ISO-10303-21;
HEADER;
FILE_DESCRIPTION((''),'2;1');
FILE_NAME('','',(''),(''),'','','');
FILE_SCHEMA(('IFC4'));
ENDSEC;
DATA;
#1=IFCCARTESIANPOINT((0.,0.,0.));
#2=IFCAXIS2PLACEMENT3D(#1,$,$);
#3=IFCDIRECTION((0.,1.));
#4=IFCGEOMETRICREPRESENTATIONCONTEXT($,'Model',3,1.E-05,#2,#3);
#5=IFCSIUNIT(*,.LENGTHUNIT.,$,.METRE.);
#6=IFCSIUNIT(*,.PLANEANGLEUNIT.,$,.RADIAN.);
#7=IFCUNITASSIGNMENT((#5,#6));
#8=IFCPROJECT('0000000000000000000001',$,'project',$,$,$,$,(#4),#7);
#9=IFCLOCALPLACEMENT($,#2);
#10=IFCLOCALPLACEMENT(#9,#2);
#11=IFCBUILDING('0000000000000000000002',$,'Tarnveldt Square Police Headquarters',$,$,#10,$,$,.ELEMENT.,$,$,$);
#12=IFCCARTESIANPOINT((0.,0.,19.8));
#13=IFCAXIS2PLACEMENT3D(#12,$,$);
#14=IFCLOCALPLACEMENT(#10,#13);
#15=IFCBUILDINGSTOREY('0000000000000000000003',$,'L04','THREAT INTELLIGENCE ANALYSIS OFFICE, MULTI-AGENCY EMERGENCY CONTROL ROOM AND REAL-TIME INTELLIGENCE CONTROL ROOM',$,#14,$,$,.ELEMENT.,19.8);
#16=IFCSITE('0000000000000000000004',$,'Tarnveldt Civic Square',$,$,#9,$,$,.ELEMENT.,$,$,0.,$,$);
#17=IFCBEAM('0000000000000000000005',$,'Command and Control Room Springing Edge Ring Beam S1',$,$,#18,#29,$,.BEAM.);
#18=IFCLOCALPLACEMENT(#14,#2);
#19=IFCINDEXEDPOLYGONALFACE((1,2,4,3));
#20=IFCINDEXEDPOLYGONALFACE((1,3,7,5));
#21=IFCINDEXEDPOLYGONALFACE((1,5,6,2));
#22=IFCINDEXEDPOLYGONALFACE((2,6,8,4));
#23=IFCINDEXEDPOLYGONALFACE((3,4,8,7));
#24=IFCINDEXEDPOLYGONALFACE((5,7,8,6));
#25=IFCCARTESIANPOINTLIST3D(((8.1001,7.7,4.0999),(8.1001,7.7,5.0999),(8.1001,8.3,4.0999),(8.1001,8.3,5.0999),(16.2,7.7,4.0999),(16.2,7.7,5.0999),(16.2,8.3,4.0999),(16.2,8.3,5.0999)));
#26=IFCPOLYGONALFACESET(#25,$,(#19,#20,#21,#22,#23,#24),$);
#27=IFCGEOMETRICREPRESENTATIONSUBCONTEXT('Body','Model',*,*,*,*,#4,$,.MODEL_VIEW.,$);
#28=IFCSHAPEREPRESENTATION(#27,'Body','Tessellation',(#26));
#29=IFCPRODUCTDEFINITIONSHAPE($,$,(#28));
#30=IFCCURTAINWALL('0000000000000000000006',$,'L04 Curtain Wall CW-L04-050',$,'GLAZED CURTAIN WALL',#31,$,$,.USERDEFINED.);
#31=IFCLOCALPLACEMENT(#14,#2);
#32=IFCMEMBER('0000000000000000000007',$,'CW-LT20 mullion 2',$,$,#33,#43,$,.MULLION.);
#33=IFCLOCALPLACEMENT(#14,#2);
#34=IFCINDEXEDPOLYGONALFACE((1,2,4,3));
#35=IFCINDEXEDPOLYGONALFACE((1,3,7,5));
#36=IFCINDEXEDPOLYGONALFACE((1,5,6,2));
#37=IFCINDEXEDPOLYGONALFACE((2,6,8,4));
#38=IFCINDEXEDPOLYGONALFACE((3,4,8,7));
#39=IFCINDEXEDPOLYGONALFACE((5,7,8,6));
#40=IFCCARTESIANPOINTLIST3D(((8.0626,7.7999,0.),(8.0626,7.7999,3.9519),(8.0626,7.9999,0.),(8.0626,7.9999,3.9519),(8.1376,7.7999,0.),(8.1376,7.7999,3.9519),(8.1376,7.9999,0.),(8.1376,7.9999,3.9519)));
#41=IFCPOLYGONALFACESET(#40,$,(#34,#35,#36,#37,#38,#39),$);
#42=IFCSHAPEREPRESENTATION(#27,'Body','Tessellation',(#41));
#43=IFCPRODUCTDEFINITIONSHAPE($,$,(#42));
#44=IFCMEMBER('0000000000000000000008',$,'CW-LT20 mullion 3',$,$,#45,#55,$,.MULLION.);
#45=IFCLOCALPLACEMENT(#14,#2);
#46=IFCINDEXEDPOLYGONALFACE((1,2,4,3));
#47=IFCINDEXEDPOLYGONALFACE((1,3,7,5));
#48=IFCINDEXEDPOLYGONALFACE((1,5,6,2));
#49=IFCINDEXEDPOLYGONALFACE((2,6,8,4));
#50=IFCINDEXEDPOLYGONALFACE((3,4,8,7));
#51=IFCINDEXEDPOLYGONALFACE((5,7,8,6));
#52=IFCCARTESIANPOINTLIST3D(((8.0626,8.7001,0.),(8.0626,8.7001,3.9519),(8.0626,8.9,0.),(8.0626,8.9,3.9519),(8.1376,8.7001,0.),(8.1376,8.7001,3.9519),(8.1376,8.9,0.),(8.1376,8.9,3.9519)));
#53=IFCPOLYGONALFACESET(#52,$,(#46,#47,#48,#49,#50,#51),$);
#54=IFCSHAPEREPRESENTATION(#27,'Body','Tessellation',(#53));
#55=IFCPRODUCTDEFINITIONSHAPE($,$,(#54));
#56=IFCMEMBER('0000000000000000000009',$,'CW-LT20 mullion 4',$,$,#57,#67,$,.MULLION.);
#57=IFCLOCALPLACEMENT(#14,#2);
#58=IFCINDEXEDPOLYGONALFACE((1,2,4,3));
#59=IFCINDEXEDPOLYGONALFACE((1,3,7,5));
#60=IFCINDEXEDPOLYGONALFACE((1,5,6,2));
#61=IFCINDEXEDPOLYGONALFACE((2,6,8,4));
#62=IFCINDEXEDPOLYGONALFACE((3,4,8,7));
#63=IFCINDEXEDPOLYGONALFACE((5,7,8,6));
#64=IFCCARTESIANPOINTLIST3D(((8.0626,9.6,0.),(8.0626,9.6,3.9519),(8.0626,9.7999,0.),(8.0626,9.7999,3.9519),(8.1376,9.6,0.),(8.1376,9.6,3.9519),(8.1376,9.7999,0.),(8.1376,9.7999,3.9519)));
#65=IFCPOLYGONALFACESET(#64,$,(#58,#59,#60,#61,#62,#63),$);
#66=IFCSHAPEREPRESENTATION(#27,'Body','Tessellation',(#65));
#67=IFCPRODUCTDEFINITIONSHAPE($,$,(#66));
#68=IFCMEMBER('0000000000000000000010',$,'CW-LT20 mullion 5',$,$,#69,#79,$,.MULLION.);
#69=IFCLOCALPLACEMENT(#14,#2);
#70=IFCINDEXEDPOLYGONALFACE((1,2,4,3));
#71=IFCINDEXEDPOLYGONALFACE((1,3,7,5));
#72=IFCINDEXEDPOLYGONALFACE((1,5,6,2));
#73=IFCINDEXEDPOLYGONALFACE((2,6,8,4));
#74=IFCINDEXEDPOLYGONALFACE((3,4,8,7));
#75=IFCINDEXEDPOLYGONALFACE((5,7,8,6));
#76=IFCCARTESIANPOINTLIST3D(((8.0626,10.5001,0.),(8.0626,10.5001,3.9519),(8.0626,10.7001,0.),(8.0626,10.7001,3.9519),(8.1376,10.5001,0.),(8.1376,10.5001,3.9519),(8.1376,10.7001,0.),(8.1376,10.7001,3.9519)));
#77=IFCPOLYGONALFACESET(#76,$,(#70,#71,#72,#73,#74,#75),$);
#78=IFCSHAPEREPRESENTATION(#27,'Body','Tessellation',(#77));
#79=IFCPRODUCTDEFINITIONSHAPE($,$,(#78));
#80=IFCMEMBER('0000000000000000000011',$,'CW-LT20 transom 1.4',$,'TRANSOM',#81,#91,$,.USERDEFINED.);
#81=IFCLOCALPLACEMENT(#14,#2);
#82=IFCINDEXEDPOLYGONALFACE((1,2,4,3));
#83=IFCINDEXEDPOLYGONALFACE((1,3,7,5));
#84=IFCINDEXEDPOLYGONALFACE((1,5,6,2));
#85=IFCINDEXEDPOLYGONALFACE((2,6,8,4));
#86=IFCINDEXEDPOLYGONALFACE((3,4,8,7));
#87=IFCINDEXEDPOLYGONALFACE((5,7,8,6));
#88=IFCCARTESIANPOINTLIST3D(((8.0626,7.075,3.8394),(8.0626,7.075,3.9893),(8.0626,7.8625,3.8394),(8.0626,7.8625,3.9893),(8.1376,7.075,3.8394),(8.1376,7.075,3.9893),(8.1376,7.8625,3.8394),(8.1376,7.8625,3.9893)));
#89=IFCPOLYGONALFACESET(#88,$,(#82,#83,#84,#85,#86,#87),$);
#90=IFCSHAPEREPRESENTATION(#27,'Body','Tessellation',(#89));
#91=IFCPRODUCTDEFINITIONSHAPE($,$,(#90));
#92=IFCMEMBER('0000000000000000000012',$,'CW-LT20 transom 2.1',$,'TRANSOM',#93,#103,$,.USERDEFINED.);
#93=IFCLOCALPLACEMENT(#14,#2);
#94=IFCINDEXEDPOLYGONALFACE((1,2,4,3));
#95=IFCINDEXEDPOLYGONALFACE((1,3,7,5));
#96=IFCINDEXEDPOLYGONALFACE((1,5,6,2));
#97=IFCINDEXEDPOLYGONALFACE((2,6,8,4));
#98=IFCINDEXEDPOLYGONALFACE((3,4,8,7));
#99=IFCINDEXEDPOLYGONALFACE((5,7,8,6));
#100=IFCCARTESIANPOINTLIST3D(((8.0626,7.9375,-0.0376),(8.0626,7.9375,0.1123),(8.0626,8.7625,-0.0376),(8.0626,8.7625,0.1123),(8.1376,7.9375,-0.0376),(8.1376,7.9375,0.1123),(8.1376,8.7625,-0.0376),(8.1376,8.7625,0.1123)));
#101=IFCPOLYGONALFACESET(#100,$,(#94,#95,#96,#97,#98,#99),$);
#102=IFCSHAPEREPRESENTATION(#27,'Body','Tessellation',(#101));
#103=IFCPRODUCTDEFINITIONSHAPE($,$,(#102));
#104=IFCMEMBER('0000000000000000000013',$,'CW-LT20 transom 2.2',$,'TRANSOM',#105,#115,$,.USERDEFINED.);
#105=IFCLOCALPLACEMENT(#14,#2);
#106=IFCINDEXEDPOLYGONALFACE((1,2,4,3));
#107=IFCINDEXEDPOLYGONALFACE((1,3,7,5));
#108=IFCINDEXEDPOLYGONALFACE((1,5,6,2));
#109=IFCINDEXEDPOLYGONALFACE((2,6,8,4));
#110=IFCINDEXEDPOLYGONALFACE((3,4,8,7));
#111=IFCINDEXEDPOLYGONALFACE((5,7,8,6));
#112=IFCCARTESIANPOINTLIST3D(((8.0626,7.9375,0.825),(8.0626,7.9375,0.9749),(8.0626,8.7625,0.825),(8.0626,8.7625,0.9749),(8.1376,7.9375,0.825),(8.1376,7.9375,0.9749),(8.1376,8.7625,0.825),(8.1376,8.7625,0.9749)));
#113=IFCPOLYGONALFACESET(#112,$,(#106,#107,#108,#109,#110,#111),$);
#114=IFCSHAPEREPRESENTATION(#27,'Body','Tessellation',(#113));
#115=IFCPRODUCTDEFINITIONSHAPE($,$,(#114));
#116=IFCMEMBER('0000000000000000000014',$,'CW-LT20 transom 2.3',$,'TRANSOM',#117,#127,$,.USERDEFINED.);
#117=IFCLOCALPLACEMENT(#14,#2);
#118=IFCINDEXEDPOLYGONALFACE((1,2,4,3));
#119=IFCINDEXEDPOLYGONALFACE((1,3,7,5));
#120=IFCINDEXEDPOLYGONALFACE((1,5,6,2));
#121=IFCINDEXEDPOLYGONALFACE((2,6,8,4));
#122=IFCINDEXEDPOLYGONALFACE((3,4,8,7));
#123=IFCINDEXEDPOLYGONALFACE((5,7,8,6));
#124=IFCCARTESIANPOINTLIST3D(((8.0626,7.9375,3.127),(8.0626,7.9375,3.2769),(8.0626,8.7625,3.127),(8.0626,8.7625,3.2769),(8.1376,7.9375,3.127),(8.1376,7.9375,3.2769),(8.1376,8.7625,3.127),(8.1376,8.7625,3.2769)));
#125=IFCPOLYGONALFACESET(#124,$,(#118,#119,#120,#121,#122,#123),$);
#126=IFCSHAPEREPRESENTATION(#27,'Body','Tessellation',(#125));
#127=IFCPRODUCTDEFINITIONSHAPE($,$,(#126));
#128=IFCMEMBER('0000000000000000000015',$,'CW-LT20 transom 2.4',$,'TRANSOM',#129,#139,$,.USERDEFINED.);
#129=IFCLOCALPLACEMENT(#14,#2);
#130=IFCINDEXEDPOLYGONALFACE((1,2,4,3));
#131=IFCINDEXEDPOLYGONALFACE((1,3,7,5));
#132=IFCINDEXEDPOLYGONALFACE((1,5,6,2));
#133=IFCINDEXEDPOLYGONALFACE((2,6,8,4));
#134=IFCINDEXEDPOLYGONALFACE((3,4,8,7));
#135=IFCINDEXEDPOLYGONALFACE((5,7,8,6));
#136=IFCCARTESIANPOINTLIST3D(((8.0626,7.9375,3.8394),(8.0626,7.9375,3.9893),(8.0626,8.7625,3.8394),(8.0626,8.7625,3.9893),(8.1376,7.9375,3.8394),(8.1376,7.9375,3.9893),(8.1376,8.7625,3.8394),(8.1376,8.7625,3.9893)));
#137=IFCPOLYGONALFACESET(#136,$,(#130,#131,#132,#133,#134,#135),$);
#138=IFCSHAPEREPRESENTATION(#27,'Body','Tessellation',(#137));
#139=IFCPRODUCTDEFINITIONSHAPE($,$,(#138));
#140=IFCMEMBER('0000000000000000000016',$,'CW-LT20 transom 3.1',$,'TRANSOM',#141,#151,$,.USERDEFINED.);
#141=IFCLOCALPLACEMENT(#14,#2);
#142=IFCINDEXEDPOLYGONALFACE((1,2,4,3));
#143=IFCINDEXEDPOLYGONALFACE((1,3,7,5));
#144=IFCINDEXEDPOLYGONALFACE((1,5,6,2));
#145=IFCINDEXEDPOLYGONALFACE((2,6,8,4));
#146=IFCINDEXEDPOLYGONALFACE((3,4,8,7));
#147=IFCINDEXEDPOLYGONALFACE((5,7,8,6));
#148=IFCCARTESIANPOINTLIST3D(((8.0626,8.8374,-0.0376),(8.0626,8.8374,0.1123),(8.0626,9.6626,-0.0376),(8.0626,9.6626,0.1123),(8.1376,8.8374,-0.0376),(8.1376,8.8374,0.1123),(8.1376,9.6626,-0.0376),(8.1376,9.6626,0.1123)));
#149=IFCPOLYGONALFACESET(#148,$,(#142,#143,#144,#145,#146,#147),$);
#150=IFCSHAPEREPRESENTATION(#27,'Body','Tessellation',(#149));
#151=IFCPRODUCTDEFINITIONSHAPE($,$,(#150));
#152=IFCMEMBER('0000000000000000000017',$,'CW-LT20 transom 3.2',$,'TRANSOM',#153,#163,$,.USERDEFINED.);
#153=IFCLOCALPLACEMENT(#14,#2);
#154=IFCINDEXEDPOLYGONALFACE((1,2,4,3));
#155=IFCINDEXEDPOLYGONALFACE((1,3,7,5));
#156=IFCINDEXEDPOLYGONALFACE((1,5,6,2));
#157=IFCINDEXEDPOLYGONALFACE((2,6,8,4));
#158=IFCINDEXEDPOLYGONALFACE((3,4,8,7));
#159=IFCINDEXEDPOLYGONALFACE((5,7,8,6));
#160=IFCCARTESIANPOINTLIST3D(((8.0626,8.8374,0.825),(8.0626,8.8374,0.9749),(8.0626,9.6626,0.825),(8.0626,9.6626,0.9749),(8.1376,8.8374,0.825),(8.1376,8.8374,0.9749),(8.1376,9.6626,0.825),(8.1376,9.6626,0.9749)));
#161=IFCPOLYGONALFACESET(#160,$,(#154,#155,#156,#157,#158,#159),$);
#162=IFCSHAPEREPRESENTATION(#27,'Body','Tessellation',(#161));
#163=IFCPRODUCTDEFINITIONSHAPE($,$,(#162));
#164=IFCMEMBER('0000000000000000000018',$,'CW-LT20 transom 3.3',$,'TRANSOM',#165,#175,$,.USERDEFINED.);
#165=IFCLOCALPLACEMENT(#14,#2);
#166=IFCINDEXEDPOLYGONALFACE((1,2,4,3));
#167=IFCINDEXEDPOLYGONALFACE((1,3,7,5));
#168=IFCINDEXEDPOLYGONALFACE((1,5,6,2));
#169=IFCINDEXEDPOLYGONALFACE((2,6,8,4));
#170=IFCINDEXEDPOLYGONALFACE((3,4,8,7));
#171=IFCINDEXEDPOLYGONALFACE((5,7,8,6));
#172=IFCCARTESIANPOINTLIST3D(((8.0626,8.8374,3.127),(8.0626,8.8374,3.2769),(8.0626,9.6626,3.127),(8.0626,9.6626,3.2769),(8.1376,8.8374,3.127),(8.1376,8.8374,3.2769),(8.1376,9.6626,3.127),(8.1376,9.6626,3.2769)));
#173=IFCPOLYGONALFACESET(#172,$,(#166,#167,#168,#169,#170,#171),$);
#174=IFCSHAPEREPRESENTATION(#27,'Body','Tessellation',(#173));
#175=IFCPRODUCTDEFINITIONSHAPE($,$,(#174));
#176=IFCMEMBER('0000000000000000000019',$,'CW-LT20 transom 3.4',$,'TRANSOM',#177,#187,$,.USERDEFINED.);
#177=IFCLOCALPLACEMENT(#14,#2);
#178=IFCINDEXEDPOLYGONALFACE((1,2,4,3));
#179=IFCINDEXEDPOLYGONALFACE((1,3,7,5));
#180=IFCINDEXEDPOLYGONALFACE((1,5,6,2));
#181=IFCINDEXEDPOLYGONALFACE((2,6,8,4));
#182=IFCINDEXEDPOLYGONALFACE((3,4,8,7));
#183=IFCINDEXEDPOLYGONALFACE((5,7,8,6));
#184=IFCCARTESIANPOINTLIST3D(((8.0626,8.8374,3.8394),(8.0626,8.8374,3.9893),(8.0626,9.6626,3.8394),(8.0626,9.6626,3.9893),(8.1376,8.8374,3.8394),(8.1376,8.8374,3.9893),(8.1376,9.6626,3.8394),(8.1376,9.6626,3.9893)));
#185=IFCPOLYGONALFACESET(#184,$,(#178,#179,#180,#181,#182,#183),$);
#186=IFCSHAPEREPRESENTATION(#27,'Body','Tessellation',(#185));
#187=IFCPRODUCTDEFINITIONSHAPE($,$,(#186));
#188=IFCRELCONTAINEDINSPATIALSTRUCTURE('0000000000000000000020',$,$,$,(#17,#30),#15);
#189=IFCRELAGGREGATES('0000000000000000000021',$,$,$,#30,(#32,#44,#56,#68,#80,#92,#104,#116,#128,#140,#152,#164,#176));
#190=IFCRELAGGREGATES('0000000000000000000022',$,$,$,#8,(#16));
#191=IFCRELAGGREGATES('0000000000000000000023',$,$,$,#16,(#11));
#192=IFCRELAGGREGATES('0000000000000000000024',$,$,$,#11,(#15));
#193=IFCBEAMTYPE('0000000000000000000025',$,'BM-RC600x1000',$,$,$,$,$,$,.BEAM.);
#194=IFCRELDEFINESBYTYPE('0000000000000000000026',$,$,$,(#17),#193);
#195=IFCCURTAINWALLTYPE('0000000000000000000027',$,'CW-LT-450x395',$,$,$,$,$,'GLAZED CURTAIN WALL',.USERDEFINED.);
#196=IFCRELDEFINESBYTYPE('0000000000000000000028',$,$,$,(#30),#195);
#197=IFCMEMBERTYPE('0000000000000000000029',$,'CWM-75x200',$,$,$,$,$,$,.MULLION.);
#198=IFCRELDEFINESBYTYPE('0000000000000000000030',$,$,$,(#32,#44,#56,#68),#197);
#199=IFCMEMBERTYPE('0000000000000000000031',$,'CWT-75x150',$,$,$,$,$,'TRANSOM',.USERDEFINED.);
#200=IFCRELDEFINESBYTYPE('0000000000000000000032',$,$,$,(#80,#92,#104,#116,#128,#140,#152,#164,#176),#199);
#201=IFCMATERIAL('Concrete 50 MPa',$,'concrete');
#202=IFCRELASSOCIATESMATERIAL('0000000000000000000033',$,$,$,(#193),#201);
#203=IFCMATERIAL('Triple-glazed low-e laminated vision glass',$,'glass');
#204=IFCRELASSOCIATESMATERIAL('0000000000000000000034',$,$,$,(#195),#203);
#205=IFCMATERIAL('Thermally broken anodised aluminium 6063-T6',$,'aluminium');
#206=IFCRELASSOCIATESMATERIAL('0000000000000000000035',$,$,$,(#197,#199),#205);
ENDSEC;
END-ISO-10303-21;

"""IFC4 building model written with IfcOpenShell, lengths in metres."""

from ifc_helpers import new_model, si_unit, direction, frame, origin, origin_2d, place, context, subcontext, project, spatial, rectangle, extrude, material, material_profile, profile_set, type_object, element, aggregate, save


model = new_model("IFC4")

# Units and contexts
model_context = context("Model", 3, precision=1e-05, world=origin(), true_north=direction((0.0, 1.0)))
body_context = subcontext(model_context, "Body", "Model", "MODEL_VIEW")
ifc_project = project(units=[si_unit("LENGTHUNIT", "METRE"), si_unit("PLANEANGLEUNIT", "RADIAN")], contexts=[model_context])

# Site, building, storey
site_placement = place(None, origin())
site = spatial("IfcSite", under=ifc_project, at=site_placement, Name="Tarnveldt Civic Square", CompositionType="ELEMENT", RefElevation=0.0)
building_placement = place(site_placement, origin())
building = spatial("IfcBuilding", under=site, at=building_placement, Name="Tarnveldt Square Police Headquarters", CompositionType="ELEMENT")
storey_placement = place(building_placement, frame((0.0, 0.0, 19.8)))
storey = spatial("IfcBuildingStorey", under=building, at=storey_placement, Name="L04", Description="THREAT INTELLIGENCE ANALYSIS OFFICE, MULTI-AGENCY EMERGENCY CONTROL ROOM AND REAL-TIME INTELLIGENCE CONTROL ROOM", CompositionType="ELEMENT", Elevation=19.8)

# Beam
ifc_material_1 = material(Name="Concrete 50 MPa", Category="concrete")
ifc_material_profile_1 = material_profile(ifc_material_1, rectangle(XDim=0.6001, YDim=1.0, at=origin_2d()), Name="RC-B600x1000")
ifc_profile_set_1 = profile_set([ifc_material_profile_1], Name="Concrete 50 MPa")
beam_type = type_object("IfcBeamType", Name="BM-RC600x1000", PredefinedType="BEAM", material=ifc_profile_set_1)
beam_placement = place(storey_placement, frame((8.1001, 8.0, 4.5999), z_axis=(1.0, 0.0, 0.0), x_axis=(0.0, 1.0, 0.0)))
element("IfcBeam", 1, at=beam_placement, inside=storey, type_object=beam_type, Name="Command and Control Room Springing Edge Ring Beam S1", PredefinedType="BEAM", context=body_context, shape_type="SweptSolid", body=[
    extrude(rectangle(XDim=0.6001, YDim=1.0, at=origin_2d()), origin(), (0.0, 0.0, 1.0), 8.0999),
])

# Curtain wall, members
ifc_material_2 = material(Name="Triple-glazed low-e laminated vision glass", Category="glass")
curtain_wall_type = type_object("IfcCurtainWallType", Name="CW-LT-450x395", ElementType="GLAZED CURTAIN WALL", PredefinedType="USERDEFINED", material=ifc_material_2)
curtain_wall_placement = place(storey_placement, origin())
curtain_wall = element("IfcCurtainWall", 2, at=curtain_wall_placement, inside=storey, type_object=curtain_wall_type, Name="L04 Curtain Wall CW-L04-050", ObjectType="GLAZED CURTAIN WALL", PredefinedType="USERDEFINED")
ifc_material_3 = material(Name="Thermally broken anodised aluminium 6063-T6", Category="aluminium")
ifc_material_profile_2 = material_profile(ifc_material_3, rectangle(XDim=0.075, YDim=0.2, at=origin_2d()), Name="CW-M75x200")
ifc_profile_set_2 = profile_set([ifc_material_profile_2], Name="Thermally broken anodised aluminium 6063-T6")
member_type_1 = type_object("IfcMemberType", Name="CWM-75x200", PredefinedType="MULLION", material=ifc_profile_set_2)
member_1_placement = place(storey_placement, frame((8.1001, 7.8999, 0.0), z_axis=(0.0, 0.0, 1.0), x_axis=(-1.0, 0.0, 0.0)))
member_1 = element("IfcMember", 3, at=member_1_placement, type_object=member_type_1, Name="CW-LT20 mullion 2", PredefinedType="MULLION", context=body_context, shape_type="SweptSolid", body=[
    extrude(rectangle(XDim=0.075, YDim=0.2, at=origin_2d()), origin(), (0.0, 0.0, 1.0), 3.9519),
])
member_2_placement = place(storey_placement, frame((8.1001, 8.8, 0.0), z_axis=(0.0, 0.0, 1.0), x_axis=(-1.0, 0.0, 0.0)))
member_2 = element("IfcMember", 4, at=member_2_placement, type_object=member_type_1, Name="CW-LT20 mullion 3", PredefinedType="MULLION", context=body_context, shape_type="SweptSolid", body=[
    extrude(rectangle(XDim=0.075, YDim=0.2, at=origin_2d()), origin(), (0.0, 0.0, 1.0), 3.9519),
])
member_3_placement = place(storey_placement, frame((8.1001, 9.7, 0.0), z_axis=(0.0, 0.0, 1.0), x_axis=(-1.0, 0.0, 0.0)))
member_3 = element("IfcMember", 5, at=member_3_placement, type_object=member_type_1, Name="CW-LT20 mullion 4", PredefinedType="MULLION", context=body_context, shape_type="SweptSolid", body=[
    extrude(rectangle(XDim=0.075, YDim=0.2, at=origin_2d()), origin(), (0.0, 0.0, 1.0), 3.9519),
])
member_4_placement = place(storey_placement, frame((8.1001, 10.6001, 0.0), z_axis=(0.0, 0.0, 1.0), x_axis=(-1.0, 0.0, 0.0)))
member_4 = element("IfcMember", 6, at=member_4_placement, type_object=member_type_1, Name="CW-LT20 mullion 5", PredefinedType="MULLION", context=body_context, shape_type="SweptSolid", body=[
    extrude(rectangle(XDim=0.075, YDim=0.2, at=origin_2d()), origin(), (0.0, 0.0, 1.0), 3.9519),
])
ifc_material_profile_3 = material_profile(ifc_material_3, rectangle(XDim=0.075, YDim=0.1499, at=origin_2d()), Name="CW-T75x150")
ifc_profile_set_3 = profile_set([ifc_material_profile_3], Name="Thermally broken anodised aluminium 6063-T6")
member_type_2 = type_object("IfcMemberType", Name="CWT-75x150", ElementType="TRANSOM", PredefinedType="USERDEFINED", material=ifc_profile_set_3)
member_5_placement = place(storey_placement, frame((8.1001, 7.075, 3.9143), z_axis=(0.0, 1.0, 0.0), x_axis=(-1.0, 0.0, 0.0)))
member_5 = element("IfcMember", 7, at=member_5_placement, type_object=member_type_2, Name="CW-LT20 transom 1.4", ObjectType="TRANSOM", PredefinedType="USERDEFINED", context=body_context, shape_type="SweptSolid", body=[
    extrude(rectangle(XDim=0.075, YDim=0.1499, at=origin_2d()), origin(), (0.0, 0.0, 1.0), 0.7876),
])
member_6_placement = place(storey_placement, frame((8.1001, 7.9375, 0.0374), z_axis=(0.0, 1.0, 0.0), x_axis=(-1.0, 0.0, 0.0)))
member_6 = element("IfcMember", 8, at=member_6_placement, type_object=member_type_2, Name="CW-LT20 transom 2.1", ObjectType="TRANSOM", PredefinedType="USERDEFINED", context=body_context, shape_type="SweptSolid", body=[
    extrude(rectangle(XDim=0.075, YDim=0.1499, at=origin_2d()), origin(), (0.0, 0.0, 1.0), 0.825),
])
member_7_placement = place(storey_placement, frame((8.1001, 7.9375, 0.8999), z_axis=(0.0, 1.0, 0.0), x_axis=(-1.0, 0.0, 0.0)))
member_7 = element("IfcMember", 9, at=member_7_placement, type_object=member_type_2, Name="CW-LT20 transom 2.2", ObjectType="TRANSOM", PredefinedType="USERDEFINED", context=body_context, shape_type="SweptSolid", body=[
    extrude(rectangle(XDim=0.075, YDim=0.1499, at=origin_2d()), origin(), (0.0, 0.0, 1.0), 0.825),
])
member_8_placement = place(storey_placement, frame((8.1001, 7.9375, 3.2019), z_axis=(0.0, 1.0, 0.0), x_axis=(-1.0, 0.0, 0.0)))
member_8 = element("IfcMember", 10, at=member_8_placement, type_object=member_type_2, Name="CW-LT20 transom 2.3", ObjectType="TRANSOM", PredefinedType="USERDEFINED", context=body_context, shape_type="SweptSolid", body=[
    extrude(rectangle(XDim=0.075, YDim=0.1499, at=origin_2d()), origin(), (0.0, 0.0, 1.0), 0.825),
])
member_9_placement = place(storey_placement, frame((8.1001, 7.9375, 3.9143), z_axis=(0.0, 1.0, 0.0), x_axis=(-1.0, 0.0, 0.0)))
member_9 = element("IfcMember", 11, at=member_9_placement, type_object=member_type_2, Name="CW-LT20 transom 2.4", ObjectType="TRANSOM", PredefinedType="USERDEFINED", context=body_context, shape_type="SweptSolid", body=[
    extrude(rectangle(XDim=0.075, YDim=0.1499, at=origin_2d()), origin(), (0.0, 0.0, 1.0), 0.825),
])
member_10_placement = place(storey_placement, frame((8.1001, 8.8374, 0.0374), z_axis=(0.0, 1.0, 0.0), x_axis=(-1.0, 0.0, 0.0)))
member_10 = element("IfcMember", 12, at=member_10_placement, type_object=member_type_2, Name="CW-LT20 transom 3.1", ObjectType="TRANSOM", PredefinedType="USERDEFINED", context=body_context, shape_type="SweptSolid", body=[
    extrude(rectangle(XDim=0.075, YDim=0.1499, at=origin_2d()), origin(), (0.0, 0.0, 1.0), 0.8252),
])
member_11_placement = place(storey_placement, frame((8.1001, 8.8374, 0.8999), z_axis=(0.0, 1.0, 0.0), x_axis=(-1.0, 0.0, 0.0)))
member_11 = element("IfcMember", 13, at=member_11_placement, type_object=member_type_2, Name="CW-LT20 transom 3.2", ObjectType="TRANSOM", PredefinedType="USERDEFINED", context=body_context, shape_type="SweptSolid", body=[
    extrude(rectangle(XDim=0.075, YDim=0.1499, at=origin_2d()), origin(), (0.0, 0.0, 1.0), 0.8252),
])
member_12_placement = place(storey_placement, frame((8.1001, 8.8374, 3.2019), z_axis=(0.0, 1.0, 0.0), x_axis=(-1.0, 0.0, 0.0)))
member_12 = element("IfcMember", 14, at=member_12_placement, type_object=member_type_2, Name="CW-LT20 transom 3.3", ObjectType="TRANSOM", PredefinedType="USERDEFINED", context=body_context, shape_type="SweptSolid", body=[
    extrude(rectangle(XDim=0.075, YDim=0.1499, at=origin_2d()), origin(), (0.0, 0.0, 1.0), 0.8252),
])
member_13_placement = place(storey_placement, frame((8.1001, 8.8374, 3.9143), z_axis=(0.0, 1.0, 0.0), x_axis=(-1.0, 0.0, 0.0)))
member_13 = element("IfcMember", 15, at=member_13_placement, type_object=member_type_2, Name="CW-LT20 transom 3.4", ObjectType="TRANSOM", PredefinedType="USERDEFINED", context=body_context, shape_type="SweptSolid", body=[
    extrude(rectangle(XDim=0.075, YDim=0.1499, at=origin_2d()), origin(), (0.0, 0.0, 1.0), 0.8252),
])

aggregate(curtain_wall, [member_1, member_2, member_3, member_4, member_5, member_6, member_7, member_8, member_9, member_10, member_11, member_12, member_13])

save(model, "model.ifc")
